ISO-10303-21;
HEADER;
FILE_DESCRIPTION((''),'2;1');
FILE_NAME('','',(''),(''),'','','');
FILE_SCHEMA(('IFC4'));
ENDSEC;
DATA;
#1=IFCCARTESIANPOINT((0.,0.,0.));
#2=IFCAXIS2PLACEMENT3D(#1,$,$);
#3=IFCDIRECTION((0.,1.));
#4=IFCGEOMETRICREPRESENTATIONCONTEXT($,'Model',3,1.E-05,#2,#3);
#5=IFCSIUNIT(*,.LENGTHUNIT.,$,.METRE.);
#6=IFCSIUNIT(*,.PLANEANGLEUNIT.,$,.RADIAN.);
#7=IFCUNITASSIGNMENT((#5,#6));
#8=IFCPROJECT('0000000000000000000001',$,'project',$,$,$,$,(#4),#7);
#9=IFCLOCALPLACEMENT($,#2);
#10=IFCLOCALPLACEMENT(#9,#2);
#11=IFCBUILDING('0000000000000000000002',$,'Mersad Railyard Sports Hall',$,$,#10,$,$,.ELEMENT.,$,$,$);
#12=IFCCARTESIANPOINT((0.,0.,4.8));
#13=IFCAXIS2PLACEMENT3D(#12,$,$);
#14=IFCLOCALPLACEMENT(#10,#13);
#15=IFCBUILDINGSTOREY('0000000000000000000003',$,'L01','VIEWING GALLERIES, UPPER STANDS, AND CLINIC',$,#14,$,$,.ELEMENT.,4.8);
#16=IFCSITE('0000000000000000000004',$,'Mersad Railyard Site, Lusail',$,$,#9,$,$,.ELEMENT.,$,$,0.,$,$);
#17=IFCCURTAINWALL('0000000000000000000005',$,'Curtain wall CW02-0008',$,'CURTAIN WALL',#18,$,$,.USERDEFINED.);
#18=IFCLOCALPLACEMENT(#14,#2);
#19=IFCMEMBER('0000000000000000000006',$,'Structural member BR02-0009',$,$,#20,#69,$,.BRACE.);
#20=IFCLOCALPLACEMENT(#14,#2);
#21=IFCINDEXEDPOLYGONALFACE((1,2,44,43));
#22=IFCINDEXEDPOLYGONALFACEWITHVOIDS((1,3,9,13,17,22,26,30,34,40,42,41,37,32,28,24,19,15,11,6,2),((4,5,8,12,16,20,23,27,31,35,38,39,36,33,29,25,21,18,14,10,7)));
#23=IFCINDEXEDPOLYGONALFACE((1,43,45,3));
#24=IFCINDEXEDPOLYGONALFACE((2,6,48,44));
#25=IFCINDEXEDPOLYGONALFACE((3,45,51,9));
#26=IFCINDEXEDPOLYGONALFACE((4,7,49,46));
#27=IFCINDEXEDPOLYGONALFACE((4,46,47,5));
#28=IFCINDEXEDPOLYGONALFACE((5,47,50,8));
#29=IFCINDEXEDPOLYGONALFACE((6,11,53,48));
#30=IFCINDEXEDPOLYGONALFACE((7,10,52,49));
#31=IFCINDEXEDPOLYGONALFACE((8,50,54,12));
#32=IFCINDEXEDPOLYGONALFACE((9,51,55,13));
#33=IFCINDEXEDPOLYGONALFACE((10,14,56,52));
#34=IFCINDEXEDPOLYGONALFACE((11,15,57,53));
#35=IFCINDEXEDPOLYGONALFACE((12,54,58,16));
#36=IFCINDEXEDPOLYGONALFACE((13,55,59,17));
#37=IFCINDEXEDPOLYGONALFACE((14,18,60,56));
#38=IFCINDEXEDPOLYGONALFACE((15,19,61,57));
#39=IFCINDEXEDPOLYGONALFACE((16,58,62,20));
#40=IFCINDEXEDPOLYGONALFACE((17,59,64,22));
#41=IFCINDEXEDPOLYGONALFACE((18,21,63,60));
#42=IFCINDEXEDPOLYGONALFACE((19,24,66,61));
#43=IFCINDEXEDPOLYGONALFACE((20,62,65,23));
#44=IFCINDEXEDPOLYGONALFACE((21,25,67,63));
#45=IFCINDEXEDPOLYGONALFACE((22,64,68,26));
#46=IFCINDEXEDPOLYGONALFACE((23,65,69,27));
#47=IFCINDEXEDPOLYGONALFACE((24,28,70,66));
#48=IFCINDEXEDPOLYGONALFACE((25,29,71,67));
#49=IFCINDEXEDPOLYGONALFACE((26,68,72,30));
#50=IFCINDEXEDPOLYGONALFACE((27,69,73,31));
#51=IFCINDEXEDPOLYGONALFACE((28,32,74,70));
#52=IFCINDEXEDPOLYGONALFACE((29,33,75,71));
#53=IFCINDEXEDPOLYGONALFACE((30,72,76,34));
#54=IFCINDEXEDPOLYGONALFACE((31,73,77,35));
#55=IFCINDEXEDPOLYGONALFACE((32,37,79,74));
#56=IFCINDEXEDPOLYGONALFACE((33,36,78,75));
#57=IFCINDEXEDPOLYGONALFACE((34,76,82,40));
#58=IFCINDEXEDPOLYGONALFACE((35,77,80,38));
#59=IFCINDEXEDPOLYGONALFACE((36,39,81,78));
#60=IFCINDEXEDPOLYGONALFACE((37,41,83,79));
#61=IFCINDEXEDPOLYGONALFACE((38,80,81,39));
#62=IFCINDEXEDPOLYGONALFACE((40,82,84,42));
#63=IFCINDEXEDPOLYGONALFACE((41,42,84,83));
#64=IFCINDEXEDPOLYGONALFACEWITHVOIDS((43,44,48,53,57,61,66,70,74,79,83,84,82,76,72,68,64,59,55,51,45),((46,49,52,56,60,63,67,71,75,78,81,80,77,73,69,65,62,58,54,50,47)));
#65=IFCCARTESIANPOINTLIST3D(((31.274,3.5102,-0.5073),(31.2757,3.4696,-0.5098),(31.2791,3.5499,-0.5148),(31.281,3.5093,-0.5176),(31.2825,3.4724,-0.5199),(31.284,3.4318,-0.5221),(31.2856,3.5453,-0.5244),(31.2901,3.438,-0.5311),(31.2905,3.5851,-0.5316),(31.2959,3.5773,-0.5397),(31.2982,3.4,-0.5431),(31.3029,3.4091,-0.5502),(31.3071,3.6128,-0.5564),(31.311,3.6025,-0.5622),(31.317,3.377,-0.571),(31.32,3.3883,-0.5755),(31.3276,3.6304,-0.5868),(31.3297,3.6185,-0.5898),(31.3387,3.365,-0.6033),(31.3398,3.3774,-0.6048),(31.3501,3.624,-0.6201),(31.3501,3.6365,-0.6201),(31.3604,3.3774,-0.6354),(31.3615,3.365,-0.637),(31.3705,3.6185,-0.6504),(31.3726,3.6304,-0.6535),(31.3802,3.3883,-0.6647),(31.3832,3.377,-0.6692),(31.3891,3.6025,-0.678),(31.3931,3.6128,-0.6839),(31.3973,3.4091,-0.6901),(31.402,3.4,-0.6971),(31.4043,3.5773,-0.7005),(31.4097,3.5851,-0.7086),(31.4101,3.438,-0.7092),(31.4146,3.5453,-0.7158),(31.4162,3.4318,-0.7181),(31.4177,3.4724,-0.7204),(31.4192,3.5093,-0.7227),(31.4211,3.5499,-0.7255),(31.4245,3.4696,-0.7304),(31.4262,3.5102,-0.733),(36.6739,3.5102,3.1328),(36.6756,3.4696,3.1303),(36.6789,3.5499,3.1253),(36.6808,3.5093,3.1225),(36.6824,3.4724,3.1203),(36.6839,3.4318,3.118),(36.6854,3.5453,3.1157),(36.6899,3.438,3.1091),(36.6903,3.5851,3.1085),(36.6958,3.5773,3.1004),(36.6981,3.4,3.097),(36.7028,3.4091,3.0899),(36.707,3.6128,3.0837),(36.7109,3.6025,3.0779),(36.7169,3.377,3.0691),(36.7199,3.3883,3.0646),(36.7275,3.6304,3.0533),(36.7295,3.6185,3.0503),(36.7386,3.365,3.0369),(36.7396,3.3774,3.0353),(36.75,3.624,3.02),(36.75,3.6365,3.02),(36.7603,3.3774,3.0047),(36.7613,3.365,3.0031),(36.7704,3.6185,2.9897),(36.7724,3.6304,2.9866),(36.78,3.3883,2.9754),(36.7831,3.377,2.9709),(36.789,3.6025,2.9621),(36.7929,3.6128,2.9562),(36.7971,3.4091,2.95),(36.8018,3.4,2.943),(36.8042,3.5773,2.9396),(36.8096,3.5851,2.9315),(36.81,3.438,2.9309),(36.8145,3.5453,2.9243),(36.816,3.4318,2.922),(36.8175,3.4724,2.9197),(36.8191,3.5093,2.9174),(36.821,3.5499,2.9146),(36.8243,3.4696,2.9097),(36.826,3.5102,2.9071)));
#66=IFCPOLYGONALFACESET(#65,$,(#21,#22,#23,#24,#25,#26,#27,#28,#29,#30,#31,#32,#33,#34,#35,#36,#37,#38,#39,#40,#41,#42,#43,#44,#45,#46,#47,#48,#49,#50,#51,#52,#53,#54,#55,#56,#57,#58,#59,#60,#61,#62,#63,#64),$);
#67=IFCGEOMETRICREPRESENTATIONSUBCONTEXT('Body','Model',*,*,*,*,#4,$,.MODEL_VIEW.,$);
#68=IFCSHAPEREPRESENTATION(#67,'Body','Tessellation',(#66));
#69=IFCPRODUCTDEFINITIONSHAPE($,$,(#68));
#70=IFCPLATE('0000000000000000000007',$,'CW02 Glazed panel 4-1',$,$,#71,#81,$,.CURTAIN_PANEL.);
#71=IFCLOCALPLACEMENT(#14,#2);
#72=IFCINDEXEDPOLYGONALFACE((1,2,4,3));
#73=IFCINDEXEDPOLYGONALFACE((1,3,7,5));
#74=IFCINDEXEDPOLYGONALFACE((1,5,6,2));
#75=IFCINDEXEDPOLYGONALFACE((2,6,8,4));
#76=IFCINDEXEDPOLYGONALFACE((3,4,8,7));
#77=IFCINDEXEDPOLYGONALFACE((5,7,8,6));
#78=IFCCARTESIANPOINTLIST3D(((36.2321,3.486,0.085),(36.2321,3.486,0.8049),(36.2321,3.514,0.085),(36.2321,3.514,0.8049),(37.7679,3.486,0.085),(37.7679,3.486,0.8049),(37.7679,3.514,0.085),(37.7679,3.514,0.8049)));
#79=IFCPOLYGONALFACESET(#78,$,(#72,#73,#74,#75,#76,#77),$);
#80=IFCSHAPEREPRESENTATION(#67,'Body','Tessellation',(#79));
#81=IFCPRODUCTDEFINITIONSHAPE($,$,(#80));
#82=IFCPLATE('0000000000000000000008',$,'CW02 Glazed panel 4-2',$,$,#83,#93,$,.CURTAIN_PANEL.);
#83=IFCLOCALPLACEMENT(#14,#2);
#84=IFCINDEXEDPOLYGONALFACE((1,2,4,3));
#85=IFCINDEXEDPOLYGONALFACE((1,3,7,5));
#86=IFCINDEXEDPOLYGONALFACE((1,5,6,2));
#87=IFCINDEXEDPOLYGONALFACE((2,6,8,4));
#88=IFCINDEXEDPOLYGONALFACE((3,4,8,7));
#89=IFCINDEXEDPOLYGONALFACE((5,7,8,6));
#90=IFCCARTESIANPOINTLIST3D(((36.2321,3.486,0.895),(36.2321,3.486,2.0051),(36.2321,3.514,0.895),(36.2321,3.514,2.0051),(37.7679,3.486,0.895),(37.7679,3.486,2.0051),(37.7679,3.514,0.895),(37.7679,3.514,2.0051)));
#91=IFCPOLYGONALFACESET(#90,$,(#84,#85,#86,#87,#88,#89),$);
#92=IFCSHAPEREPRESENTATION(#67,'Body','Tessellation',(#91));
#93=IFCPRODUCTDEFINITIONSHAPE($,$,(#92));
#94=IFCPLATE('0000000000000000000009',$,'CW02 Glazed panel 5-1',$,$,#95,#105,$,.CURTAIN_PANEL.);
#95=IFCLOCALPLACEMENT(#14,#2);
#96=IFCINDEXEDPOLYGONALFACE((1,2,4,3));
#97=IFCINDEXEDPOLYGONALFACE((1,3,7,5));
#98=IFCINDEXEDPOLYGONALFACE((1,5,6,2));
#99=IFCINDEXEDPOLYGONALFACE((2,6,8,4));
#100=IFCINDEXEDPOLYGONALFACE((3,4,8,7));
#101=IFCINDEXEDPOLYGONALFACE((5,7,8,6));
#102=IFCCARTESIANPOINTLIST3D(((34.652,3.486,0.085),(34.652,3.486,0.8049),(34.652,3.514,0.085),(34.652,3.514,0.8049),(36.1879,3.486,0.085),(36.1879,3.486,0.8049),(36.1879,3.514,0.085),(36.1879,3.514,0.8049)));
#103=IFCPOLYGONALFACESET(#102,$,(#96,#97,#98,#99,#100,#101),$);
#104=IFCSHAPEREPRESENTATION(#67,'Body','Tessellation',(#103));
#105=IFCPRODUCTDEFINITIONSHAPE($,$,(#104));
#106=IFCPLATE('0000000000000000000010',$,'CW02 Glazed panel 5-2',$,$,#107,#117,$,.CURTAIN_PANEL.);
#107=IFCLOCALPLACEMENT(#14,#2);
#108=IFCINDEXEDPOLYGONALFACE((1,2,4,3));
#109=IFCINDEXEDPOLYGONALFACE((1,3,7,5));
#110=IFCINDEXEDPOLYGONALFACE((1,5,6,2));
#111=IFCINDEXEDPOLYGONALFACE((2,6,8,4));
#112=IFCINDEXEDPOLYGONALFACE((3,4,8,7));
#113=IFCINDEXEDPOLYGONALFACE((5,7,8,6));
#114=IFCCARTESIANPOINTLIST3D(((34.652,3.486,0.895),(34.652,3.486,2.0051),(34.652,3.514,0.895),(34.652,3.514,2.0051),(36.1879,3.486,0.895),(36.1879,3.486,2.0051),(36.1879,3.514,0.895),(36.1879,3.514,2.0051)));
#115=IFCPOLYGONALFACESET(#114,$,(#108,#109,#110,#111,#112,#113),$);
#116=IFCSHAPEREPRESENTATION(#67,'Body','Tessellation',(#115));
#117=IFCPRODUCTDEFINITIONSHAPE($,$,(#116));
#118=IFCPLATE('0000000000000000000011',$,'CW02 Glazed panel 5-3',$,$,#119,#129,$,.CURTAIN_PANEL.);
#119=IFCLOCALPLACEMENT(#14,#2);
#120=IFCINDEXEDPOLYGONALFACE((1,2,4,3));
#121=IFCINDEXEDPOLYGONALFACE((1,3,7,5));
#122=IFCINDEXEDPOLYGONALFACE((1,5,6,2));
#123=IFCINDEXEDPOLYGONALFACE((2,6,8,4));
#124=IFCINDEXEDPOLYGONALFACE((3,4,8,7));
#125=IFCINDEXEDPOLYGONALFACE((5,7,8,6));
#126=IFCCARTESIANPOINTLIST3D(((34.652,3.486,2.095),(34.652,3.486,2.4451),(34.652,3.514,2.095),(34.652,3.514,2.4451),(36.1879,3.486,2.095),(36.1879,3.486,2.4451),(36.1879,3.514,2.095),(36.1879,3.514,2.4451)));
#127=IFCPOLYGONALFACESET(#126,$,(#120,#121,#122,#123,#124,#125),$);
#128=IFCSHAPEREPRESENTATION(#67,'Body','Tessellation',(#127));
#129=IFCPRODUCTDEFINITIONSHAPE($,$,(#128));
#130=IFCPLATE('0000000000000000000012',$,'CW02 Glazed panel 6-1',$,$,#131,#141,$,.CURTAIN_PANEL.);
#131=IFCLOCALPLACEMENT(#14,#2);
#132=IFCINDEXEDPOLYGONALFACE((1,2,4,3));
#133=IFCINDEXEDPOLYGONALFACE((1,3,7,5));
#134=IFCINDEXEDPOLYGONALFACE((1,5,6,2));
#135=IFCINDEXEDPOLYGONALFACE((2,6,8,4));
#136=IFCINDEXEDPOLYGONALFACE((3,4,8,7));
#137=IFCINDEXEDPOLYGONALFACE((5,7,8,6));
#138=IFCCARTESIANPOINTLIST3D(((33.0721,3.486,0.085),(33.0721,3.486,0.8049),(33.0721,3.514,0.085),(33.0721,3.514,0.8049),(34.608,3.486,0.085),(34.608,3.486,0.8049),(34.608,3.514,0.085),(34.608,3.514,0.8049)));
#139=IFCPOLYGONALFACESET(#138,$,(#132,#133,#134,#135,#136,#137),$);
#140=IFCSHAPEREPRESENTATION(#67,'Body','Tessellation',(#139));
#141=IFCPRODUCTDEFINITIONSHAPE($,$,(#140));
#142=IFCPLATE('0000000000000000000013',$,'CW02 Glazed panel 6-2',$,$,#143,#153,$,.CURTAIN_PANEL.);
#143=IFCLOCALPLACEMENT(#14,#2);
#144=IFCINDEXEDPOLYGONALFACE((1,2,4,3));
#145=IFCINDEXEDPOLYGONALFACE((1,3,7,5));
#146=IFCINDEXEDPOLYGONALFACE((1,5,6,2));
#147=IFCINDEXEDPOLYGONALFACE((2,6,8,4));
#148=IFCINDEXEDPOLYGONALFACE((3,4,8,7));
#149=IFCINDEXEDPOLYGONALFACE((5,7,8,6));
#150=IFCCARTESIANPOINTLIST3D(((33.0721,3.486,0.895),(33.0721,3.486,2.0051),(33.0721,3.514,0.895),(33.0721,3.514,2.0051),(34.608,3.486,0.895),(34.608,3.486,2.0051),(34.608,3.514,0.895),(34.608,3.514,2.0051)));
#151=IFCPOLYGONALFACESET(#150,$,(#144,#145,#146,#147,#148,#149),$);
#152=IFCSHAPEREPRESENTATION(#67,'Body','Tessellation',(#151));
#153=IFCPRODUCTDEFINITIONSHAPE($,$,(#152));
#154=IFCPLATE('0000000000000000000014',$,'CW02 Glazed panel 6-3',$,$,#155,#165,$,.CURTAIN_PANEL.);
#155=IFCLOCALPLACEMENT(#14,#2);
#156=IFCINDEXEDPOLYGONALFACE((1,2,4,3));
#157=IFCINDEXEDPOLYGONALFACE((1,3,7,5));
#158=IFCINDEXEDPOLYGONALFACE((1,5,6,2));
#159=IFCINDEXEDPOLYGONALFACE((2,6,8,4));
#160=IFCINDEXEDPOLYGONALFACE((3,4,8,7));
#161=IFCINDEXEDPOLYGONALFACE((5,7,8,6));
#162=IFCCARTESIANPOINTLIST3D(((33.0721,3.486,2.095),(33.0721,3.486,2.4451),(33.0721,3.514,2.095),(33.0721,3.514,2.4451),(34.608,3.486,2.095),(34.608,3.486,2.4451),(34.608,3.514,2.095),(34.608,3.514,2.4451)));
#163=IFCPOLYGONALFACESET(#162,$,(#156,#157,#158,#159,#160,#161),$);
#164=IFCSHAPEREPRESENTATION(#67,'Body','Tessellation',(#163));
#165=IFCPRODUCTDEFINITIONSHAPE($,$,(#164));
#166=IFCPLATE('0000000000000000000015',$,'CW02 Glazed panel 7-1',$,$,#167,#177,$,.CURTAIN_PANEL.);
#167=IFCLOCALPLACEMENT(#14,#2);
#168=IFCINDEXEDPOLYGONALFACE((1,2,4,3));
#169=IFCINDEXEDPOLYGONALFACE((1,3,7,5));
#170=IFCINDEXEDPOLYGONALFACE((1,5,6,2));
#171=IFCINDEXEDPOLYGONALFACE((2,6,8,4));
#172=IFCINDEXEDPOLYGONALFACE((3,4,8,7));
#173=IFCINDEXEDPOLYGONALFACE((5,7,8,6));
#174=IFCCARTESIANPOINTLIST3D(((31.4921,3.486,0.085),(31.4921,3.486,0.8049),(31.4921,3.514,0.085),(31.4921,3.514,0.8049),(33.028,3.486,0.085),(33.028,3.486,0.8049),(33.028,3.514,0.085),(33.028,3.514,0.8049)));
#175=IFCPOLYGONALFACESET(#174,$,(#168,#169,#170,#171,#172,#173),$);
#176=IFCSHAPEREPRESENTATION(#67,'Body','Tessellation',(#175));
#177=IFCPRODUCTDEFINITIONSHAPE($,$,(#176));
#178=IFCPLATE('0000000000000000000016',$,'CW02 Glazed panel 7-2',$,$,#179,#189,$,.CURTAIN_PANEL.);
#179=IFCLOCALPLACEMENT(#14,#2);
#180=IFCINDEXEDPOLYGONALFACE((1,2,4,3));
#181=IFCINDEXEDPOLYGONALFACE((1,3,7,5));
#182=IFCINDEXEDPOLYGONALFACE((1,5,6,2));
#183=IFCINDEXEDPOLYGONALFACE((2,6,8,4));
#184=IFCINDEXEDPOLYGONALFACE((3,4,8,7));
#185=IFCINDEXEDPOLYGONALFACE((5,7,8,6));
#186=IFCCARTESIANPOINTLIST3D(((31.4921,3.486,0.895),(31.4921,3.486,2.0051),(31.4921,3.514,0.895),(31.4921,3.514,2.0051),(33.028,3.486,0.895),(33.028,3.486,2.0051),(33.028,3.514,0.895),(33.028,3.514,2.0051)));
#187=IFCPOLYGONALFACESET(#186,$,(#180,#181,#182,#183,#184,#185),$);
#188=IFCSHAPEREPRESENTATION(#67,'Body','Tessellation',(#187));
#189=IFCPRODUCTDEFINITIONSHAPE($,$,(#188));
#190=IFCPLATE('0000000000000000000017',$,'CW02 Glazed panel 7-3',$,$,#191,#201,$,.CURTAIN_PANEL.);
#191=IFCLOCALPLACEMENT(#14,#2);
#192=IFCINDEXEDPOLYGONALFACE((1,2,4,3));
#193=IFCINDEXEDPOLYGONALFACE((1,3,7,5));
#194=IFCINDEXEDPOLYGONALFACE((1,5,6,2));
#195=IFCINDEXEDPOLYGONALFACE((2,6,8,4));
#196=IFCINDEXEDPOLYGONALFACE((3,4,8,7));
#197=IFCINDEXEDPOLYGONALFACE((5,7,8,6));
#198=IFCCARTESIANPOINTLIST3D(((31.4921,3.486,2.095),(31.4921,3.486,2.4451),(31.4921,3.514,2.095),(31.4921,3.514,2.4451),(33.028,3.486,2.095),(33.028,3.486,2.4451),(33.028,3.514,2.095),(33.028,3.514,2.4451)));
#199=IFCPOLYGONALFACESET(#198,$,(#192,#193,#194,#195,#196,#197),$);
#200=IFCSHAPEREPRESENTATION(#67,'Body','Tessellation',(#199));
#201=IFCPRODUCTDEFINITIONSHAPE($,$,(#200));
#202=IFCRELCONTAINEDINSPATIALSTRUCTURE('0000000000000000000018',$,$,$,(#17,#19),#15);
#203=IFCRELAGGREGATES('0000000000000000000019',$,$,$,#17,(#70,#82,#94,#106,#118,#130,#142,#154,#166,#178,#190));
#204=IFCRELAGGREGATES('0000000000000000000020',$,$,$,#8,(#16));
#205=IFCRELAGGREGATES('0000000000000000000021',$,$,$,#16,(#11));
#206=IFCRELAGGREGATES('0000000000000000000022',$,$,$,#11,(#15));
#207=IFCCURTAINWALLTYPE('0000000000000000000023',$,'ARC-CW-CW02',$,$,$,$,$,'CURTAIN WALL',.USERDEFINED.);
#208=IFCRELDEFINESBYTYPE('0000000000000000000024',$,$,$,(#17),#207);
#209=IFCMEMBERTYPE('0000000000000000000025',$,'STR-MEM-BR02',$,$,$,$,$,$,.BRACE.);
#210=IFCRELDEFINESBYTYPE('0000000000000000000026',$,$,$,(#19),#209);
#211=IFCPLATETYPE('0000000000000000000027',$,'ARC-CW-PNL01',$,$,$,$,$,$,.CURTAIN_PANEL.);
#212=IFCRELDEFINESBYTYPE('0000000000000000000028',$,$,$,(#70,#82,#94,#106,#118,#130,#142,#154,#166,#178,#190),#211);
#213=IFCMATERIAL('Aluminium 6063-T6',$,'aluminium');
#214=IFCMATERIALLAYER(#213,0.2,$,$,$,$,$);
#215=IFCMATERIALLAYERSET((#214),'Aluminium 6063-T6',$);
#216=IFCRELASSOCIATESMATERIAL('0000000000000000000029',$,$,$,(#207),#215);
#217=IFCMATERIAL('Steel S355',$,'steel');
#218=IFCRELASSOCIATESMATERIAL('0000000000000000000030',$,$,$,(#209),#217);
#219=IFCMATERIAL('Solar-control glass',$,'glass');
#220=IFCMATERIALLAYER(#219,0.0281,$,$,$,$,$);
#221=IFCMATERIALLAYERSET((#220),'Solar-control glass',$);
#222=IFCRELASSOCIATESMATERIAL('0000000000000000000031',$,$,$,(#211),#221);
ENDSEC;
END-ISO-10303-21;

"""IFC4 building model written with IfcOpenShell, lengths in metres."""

from ifc_helpers import new_model, si_unit, direction, frame, origin, origin_2d, place, context, subcontext, project, spatial, rectangle, hollow_circle, extrude, material, layer, layer_set, material_profile, profile_set, type_object, element, aggregate, save


model = new_model("IFC4")

# Units and contexts
model_context = context("Model", 3, precision=1e-05, world=origin(), true_north=direction((0.0, 1.0)))
body_context = subcontext(model_context, "Body", "Model", "MODEL_VIEW")
ifc_project = project(units=[si_unit("LENGTHUNIT", "METRE"), si_unit("PLANEANGLEUNIT", "RADIAN")], contexts=[model_context])

# Site, building, storey
site_placement = place(None, origin())
site = spatial("IfcSite", under=ifc_project, at=site_placement, Name="Mersad Railyard Site, Lusail", CompositionType="ELEMENT", RefElevation=0.0)
building_placement = place(site_placement, origin())
building = spatial("IfcBuilding", under=site, at=building_placement, Name="Mersad Railyard Sports Hall", CompositionType="ELEMENT")
storey_placement = place(building_placement, frame((0.0, 0.0, 4.8)))
storey = spatial("IfcBuildingStorey", under=building, at=storey_placement, Name="L01", Description="VIEWING GALLERIES, UPPER STANDS, AND CLINIC", CompositionType="ELEMENT", Elevation=4.8)

# Curtain wall
ifc_material_1 = material(Name="Aluminium 6063-T6", Category="aluminium")
ifc_layer_1 = layer(ifc_material_1, 0.2)
ifc_layer_set_1 = layer_set([ifc_layer_1], Name="Aluminium 6063-T6")
curtain_wall_type = type_object("IfcCurtainWallType", Name="ARC-CW-CW02", ElementType="CURTAIN WALL", PredefinedType="USERDEFINED", material=ifc_layer_set_1)
curtain_wall_placement = place(storey_placement, origin())
curtain_wall = element("IfcCurtainWall", 1, at=curtain_wall_placement, inside=storey, type_object=curtain_wall_type, Name="Curtain wall CW02-0008", ObjectType="CURTAIN WALL", PredefinedType="USERDEFINED")

# Member
ifc_material_2 = material(Name="Steel S355", Category="steel")
ifc_material_profile_1 = material_profile(ifc_material_2, hollow_circle(Radius=0.1365, WallThickness=0.0125, at=origin_2d()), Name="CHS 273x12.5")
ifc_profile_set_1 = profile_set([ifc_material_profile_1], Name="Steel S355")
member_type_1 = type_object("IfcMemberType", Name="STR-MEM-BR02", PredefinedType="BRACE", material=ifc_profile_set_1)
member_1_placement = place(storey_placement, frame((31.3501, 3.5, -0.6201), z_axis=(0.82919, 0.0, 0.558967), x_axis=(0.0, 1.0, 0.0)))
element("IfcMember", 2, at=member_1_placement, inside=storey, type_object=member_type_1, Name="Structural member BR02-0009", PredefinedType="BRACE", context=body_context, shape_type="SweptSolid", body=[
    extrude(hollow_circle(Radius=0.1365, WallThickness=0.0125, at=origin_2d()), origin(), (0.0, 0.0, 1.0), 6.5122),
])

# Plates
ifc_material_3 = material(Name="Solar-control glass", Category="glass")
ifc_layer_2 = layer(ifc_material_3, 0.0281)
ifc_layer_set_2 = layer_set([ifc_layer_2], Name="Solar-control glass")
plate_type_1 = type_object("IfcPlateType", Name="ARC-CW-PNL01", PredefinedType="CURTAIN_PANEL", material=ifc_layer_set_2)
plate_1_placement = place(storey_placement, frame((37.0, 3.5, 0.085), z_axis=(0.0, 0.0, 1.0), x_axis=(-1.0, 0.0, 0.0)))
plate_1 = element("IfcPlate", 3, at=plate_1_placement, type_object=plate_type_1, Name="CW02 Glazed panel 4-1", PredefinedType="CURTAIN_PANEL", context=body_context, shape_type="SweptSolid", body=[
    extrude(rectangle(XDim=1.5359, YDim=0.0281, at=origin_2d()), origin(), (0.0, 0.0, 1.0), 0.72),
])
plate_2_placement = place(storey_placement, frame((37.0, 3.5, 0.895), z_axis=(0.0, 0.0, 1.0), x_axis=(-1.0, 0.0, 0.0)))
plate_2 = element("IfcPlate", 4, at=plate_2_placement, type_object=plate_type_1, Name="CW02 Glazed panel 4-2", PredefinedType="CURTAIN_PANEL", context=body_context, shape_type="SweptSolid", body=[
    extrude(rectangle(XDim=1.5359, YDim=0.0281, at=origin_2d()), origin(), (0.0, 0.0, 1.0), 1.1101),
])
plate_3_placement = place(storey_placement, frame((35.4199, 3.5, 0.085), z_axis=(0.0, 0.0, 1.0), x_axis=(-1.0, 0.0, 0.0)))
plate_3 = element("IfcPlate", 5, at=plate_3_placement, type_object=plate_type_1, Name="CW02 Glazed panel 5-1", PredefinedType="CURTAIN_PANEL", context=body_context, shape_type="SweptSolid", body=[
    extrude(rectangle(XDim=1.5359, YDim=0.0281, at=origin_2d()), origin(), (0.0, 0.0, 1.0), 0.72),
])
plate_4_placement = place(storey_placement, frame((35.4199, 3.5, 0.895), z_axis=(0.0, 0.0, 1.0), x_axis=(-1.0, 0.0, 0.0)))
plate_4 = element("IfcPlate", 6, at=plate_4_placement, type_object=plate_type_1, Name="CW02 Glazed panel 5-2", PredefinedType="CURTAIN_PANEL", context=body_context, shape_type="SweptSolid", body=[
    extrude(rectangle(XDim=1.5359, YDim=0.0281, at=origin_2d()), origin(), (0.0, 0.0, 1.0), 1.1101),
])
plate_5_placement = place(storey_placement, frame((35.4199, 3.5, 2.095), z_axis=(0.0, 0.0, 1.0), x_axis=(-1.0, 0.0, 0.0)))
plate_5 = element("IfcPlate", 7, at=plate_5_placement, type_object=plate_type_1, Name="CW02 Glazed panel 5-3", PredefinedType="CURTAIN_PANEL", context=body_context, shape_type="SweptSolid", body=[
    extrude(rectangle(XDim=1.5359, YDim=0.0281, at=origin_2d()), origin(), (0.0, 0.0, 1.0), 0.3501),
])
plate_6_placement = place(storey_placement, frame((33.8401, 3.5, 0.085), z_axis=(0.0, 0.0, 1.0), x_axis=(-1.0, 0.0, 0.0)))
plate_6 = element("IfcPlate", 8, at=plate_6_placement, type_object=plate_type_1, Name="CW02 Glazed panel 6-1", PredefinedType="CURTAIN_PANEL", context=body_context, shape_type="SweptSolid", body=[
    extrude(rectangle(XDim=1.5359, YDim=0.0281, at=origin_2d()), origin(), (0.0, 0.0, 1.0), 0.72),
])
plate_7_placement = place(storey_placement, frame((33.8401, 3.5, 0.895), z_axis=(0.0, 0.0, 1.0), x_axis=(-1.0, 0.0, 0.0)))
plate_7 = element("IfcPlate", 9, at=plate_7_placement, type_object=plate_type_1, Name="CW02 Glazed panel 6-2", PredefinedType="CURTAIN_PANEL", context=body_context, shape_type="SweptSolid", body=[
    extrude(rectangle(XDim=1.5359, YDim=0.0281, at=origin_2d()), origin(), (0.0, 0.0, 1.0), 1.1101),
])
plate_8_placement = place(storey_placement, frame((33.8401, 3.5, 2.095), z_axis=(0.0, 0.0, 1.0), x_axis=(-1.0, 0.0, 0.0)))
plate_8 = element("IfcPlate", 10, at=plate_8_placement, type_object=plate_type_1, Name="CW02 Glazed panel 6-3", PredefinedType="CURTAIN_PANEL", context=body_context, shape_type="SweptSolid", body=[
    extrude(rectangle(XDim=1.5359, YDim=0.0281, at=origin_2d()), origin(), (0.0, 0.0, 1.0), 0.3501),
])
plate_9_placement = place(storey_placement, frame((32.26, 3.5, 0.085), z_axis=(0.0, 0.0, 1.0), x_axis=(-1.0, 0.0, 0.0)))
plate_9 = element("IfcPlate", 11, at=plate_9_placement, type_object=plate_type_1, Name="CW02 Glazed panel 7-1", PredefinedType="CURTAIN_PANEL", context=body_context, shape_type="SweptSolid", body=[
    extrude(rectangle(XDim=1.5359, YDim=0.0281, at=origin_2d()), origin(), (0.0, 0.0, 1.0), 0.72),
])
plate_10_placement = place(storey_placement, frame((32.26, 3.5, 0.895), z_axis=(0.0, 0.0, 1.0), x_axis=(-1.0, 0.0, 0.0)))
plate_10 = element("IfcPlate", 12, at=plate_10_placement, type_object=plate_type_1, Name="CW02 Glazed panel 7-2", PredefinedType="CURTAIN_PANEL", context=body_context, shape_type="SweptSolid", body=[
    extrude(rectangle(XDim=1.5359, YDim=0.0281, at=origin_2d()), origin(), (0.0, 0.0, 1.0), 1.1101),
])
plate_11_placement = place(storey_placement, frame((32.26, 3.5, 2.095), z_axis=(0.0, 0.0, 1.0), x_axis=(-1.0, 0.0, 0.0)))
plate_11 = element("IfcPlate", 13, at=plate_11_placement, type_object=plate_type_1, Name="CW02 Glazed panel 7-3", PredefinedType="CURTAIN_PANEL", context=body_context, shape_type="SweptSolid", body=[
    extrude(rectangle(XDim=1.5359, YDim=0.0281, at=origin_2d()), origin(), (0.0, 0.0, 1.0), 0.3501),
])
aggregate(curtain_wall, [plate_1, plate_2, plate_3, plate_4, plate_5, plate_6, plate_7, plate_8, plate_9, plate_10, plate_11])

save(model, "model.ifc")
